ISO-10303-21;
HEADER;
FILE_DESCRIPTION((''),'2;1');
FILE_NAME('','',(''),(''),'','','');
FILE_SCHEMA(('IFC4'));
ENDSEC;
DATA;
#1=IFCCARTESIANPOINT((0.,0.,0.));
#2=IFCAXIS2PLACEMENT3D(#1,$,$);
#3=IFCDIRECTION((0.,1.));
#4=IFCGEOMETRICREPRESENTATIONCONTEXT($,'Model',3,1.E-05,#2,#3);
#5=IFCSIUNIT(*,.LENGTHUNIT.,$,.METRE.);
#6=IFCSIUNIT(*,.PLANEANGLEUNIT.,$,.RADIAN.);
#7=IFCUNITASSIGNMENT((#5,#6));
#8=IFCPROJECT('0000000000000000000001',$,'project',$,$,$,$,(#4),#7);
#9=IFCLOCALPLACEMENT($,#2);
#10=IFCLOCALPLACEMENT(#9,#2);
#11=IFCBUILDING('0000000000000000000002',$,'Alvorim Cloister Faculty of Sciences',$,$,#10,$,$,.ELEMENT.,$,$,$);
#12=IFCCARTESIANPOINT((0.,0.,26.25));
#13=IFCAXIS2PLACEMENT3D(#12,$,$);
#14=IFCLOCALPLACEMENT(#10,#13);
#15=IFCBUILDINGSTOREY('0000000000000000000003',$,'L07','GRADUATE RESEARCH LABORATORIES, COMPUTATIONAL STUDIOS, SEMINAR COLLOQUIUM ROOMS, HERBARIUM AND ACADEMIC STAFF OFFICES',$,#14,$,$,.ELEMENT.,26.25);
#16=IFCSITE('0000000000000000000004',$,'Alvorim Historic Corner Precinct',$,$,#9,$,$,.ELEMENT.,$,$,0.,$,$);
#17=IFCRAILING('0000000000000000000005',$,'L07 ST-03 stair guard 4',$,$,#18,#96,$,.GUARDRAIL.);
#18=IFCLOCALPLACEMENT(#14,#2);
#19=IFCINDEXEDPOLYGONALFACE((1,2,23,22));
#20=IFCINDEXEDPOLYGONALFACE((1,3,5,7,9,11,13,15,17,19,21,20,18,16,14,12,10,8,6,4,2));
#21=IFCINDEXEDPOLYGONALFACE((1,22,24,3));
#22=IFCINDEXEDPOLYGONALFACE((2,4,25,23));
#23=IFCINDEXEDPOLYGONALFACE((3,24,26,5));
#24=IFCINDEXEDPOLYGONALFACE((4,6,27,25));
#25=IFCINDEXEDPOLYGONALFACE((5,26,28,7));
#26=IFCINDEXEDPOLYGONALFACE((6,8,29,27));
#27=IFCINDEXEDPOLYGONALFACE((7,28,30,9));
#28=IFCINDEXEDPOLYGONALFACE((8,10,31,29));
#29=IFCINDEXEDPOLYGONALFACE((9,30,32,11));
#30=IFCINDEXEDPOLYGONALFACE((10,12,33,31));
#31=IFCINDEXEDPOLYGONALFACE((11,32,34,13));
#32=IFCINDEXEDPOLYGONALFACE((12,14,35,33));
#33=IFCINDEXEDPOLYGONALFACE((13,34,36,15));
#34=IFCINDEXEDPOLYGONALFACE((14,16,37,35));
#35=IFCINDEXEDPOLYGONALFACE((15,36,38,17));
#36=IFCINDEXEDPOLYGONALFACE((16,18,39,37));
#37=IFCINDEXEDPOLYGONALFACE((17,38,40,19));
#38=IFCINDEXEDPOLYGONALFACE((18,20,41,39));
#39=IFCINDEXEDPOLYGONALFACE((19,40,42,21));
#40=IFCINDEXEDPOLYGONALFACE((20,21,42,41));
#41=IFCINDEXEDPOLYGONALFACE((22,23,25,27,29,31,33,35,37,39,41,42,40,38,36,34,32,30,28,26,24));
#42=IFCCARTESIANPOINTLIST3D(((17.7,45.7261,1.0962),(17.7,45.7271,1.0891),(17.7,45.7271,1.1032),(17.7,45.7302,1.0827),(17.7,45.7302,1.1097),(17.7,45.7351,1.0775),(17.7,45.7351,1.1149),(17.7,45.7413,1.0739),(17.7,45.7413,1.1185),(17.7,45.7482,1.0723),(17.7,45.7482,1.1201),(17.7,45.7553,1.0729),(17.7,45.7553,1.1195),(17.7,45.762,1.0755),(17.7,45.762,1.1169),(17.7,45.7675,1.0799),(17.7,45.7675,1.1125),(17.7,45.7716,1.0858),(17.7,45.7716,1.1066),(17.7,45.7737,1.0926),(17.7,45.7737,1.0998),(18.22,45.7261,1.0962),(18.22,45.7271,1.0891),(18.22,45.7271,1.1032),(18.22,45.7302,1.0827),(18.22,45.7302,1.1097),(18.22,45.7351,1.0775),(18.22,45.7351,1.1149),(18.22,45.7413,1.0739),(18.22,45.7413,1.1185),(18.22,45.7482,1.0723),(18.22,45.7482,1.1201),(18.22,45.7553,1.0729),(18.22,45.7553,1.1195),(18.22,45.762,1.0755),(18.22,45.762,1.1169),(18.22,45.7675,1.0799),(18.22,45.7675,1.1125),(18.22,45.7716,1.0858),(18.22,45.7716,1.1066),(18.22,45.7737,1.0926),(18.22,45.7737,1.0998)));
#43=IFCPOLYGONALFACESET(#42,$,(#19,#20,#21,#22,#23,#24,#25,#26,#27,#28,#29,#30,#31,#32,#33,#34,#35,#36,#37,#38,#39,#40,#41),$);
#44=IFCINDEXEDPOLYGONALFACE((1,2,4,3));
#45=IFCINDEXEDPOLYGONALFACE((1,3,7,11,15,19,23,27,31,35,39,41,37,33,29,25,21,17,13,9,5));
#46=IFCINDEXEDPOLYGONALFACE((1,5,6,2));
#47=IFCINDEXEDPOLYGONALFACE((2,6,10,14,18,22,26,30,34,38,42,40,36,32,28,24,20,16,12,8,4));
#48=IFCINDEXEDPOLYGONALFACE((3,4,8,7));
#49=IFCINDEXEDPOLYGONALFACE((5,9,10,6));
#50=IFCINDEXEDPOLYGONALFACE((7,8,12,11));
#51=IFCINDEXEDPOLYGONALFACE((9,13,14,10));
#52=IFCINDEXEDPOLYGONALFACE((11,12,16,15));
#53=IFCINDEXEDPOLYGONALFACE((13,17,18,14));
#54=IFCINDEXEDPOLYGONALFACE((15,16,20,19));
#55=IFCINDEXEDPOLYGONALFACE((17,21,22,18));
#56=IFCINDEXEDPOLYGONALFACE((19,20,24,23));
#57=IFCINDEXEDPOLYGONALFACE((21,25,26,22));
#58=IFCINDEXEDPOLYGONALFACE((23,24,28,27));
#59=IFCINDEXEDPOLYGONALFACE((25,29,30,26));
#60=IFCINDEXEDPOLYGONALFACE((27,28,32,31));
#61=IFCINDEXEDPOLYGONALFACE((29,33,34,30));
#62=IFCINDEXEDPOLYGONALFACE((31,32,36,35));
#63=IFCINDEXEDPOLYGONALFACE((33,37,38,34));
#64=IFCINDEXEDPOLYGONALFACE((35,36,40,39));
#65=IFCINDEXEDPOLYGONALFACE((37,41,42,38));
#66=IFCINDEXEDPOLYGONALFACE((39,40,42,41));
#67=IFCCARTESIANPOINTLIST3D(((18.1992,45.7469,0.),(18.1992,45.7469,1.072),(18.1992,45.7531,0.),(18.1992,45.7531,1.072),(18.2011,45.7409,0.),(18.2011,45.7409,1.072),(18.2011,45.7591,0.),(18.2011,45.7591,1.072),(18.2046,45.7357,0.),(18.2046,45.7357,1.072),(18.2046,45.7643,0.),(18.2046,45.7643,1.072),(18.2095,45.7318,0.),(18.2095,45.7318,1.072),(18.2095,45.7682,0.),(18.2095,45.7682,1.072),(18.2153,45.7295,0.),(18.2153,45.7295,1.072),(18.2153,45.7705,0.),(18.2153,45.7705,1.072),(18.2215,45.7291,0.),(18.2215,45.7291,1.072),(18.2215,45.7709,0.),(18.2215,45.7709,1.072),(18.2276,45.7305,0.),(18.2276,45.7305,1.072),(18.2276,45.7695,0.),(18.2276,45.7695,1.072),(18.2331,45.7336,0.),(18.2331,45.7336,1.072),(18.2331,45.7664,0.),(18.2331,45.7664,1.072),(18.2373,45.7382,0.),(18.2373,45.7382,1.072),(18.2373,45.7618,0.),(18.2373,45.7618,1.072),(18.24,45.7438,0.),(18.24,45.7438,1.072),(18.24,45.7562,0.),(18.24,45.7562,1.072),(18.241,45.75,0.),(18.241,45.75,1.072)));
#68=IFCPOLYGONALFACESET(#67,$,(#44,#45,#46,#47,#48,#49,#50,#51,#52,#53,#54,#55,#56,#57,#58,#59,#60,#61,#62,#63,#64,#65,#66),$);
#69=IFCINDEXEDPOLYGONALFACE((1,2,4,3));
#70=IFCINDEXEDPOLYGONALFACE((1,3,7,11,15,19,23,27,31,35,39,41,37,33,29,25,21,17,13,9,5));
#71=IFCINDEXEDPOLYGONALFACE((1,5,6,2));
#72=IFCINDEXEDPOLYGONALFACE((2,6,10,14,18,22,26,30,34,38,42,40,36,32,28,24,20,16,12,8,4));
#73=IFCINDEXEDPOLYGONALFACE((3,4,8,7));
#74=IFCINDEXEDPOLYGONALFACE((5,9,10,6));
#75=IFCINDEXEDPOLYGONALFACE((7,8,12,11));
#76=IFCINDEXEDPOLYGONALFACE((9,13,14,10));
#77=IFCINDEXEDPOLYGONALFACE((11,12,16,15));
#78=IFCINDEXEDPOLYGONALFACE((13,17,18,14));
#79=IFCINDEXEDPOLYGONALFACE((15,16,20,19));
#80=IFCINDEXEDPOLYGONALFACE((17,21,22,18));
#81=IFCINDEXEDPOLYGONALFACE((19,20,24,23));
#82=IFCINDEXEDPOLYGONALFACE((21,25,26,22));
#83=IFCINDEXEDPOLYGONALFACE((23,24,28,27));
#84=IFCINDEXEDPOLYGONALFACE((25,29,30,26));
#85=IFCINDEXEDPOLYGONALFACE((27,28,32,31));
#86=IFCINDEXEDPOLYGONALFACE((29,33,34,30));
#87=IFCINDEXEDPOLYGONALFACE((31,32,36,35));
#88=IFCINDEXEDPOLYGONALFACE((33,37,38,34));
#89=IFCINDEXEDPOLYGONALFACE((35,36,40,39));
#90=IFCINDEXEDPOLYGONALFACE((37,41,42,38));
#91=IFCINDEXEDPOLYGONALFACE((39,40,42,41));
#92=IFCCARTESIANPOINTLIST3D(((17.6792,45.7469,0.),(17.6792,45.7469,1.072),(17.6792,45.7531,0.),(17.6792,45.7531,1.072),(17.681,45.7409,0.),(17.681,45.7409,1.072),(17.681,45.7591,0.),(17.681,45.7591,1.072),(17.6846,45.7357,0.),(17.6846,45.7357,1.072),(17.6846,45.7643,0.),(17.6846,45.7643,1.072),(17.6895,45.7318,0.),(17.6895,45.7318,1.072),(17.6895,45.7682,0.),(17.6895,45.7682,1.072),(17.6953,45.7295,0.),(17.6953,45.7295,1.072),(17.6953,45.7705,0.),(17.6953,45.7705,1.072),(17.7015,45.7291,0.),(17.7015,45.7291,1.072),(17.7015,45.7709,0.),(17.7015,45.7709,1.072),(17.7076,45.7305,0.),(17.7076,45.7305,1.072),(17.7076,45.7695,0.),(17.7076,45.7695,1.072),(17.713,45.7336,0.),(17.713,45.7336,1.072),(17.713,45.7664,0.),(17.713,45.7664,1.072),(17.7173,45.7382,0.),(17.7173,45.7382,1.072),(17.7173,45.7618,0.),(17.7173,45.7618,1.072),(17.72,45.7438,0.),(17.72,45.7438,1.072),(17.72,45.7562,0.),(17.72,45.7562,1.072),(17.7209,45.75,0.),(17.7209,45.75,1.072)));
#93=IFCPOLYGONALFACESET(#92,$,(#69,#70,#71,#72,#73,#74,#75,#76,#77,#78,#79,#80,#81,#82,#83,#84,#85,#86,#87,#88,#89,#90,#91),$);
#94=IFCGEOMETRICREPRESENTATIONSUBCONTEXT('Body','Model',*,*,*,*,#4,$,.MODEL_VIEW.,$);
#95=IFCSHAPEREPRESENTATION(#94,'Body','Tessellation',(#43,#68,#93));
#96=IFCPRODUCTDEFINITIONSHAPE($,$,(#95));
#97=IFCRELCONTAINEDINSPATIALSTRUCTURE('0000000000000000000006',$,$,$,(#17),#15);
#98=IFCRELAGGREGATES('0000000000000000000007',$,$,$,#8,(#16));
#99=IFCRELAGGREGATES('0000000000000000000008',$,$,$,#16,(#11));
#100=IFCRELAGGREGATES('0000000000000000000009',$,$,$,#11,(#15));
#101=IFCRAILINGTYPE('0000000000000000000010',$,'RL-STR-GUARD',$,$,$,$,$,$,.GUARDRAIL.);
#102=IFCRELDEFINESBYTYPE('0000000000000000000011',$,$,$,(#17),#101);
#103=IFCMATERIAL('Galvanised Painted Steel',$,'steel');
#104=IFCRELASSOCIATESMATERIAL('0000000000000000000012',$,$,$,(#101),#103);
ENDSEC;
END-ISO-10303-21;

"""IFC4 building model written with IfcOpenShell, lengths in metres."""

from ifc_helpers import new_model, si_unit, direction, frame, origin, origin_2d, place, context, subcontext, project, spatial, circle, extrude, material, type_object, element, save


model = new_model("IFC4")

# Units and contexts
model_context = context("Model", 3, precision=1e-05, world=origin(), true_north=direction((0.0, 1.0)))
body_context = subcontext(model_context, "Body", "Model", "MODEL_VIEW")
ifc_project = project(units=[si_unit("LENGTHUNIT", "METRE"), si_unit("PLANEANGLEUNIT", "RADIAN")], contexts=[model_context])

# Site, building, storey
site_placement = place(None, origin())
site = spatial("IfcSite", under=ifc_project, at=site_placement, Name="Alvorim Historic Corner Precinct", CompositionType="ELEMENT", RefElevation=0.0)
building_placement = place(site_placement, origin())
building = spatial("IfcBuilding", under=site, at=building_placement, Name="Alvorim Cloister Faculty of Sciences", CompositionType="ELEMENT")
storey_placement = place(building_placement, frame((0.0, 0.0, 26.25)))
storey = spatial("IfcBuildingStorey", under=building, at=storey_placement, Name="L07", Description="GRADUATE RESEARCH LABORATORIES, COMPUTATIONAL STUDIOS, SEMINAR COLLOQUIUM ROOMS, HERBARIUM AND ACADEMIC STAFF OFFICES", CompositionType="ELEMENT", Elevation=26.25)

# Railing
ifc_material_1 = material(Name="Galvanised Painted Steel", Category="steel")
railing_type_1 = type_object("IfcRailingType", Name="RL-STR-GUARD", PredefinedType="GUARDRAIL", material=ifc_material_1)
railing_1_placement = place(storey_placement, frame((18.22, 45.75, 0.0)))
element("IfcRailing", 1, at=railing_1_placement, inside=storey, type_object=railing_type_1, Name="L07 ST-03 stair guard 4", PredefinedType="GUARDRAIL", context=body_context, shape_type="SweptSolid", body=[
    extrude(circle(Radius=0.0239, at=origin_2d()), frame((0.0, 0.0, 1.0962), z_axis=(-1.0, 0.0, 0.0), x_axis=(0.0, -1.0, 0.0)), (0.0, 0.0, 1.0), 0.52),
    extrude(circle(Radius=0.021, at=origin_2d()), origin(), (0.0, 0.0, 1.0), 1.072),
    extrude(circle(Radius=0.021, at=origin_2d()), frame((-0.52, 0.0, 0.0)), (0.0, 0.0, 1.0), 1.072),
])

save(model, "model.ifc")
